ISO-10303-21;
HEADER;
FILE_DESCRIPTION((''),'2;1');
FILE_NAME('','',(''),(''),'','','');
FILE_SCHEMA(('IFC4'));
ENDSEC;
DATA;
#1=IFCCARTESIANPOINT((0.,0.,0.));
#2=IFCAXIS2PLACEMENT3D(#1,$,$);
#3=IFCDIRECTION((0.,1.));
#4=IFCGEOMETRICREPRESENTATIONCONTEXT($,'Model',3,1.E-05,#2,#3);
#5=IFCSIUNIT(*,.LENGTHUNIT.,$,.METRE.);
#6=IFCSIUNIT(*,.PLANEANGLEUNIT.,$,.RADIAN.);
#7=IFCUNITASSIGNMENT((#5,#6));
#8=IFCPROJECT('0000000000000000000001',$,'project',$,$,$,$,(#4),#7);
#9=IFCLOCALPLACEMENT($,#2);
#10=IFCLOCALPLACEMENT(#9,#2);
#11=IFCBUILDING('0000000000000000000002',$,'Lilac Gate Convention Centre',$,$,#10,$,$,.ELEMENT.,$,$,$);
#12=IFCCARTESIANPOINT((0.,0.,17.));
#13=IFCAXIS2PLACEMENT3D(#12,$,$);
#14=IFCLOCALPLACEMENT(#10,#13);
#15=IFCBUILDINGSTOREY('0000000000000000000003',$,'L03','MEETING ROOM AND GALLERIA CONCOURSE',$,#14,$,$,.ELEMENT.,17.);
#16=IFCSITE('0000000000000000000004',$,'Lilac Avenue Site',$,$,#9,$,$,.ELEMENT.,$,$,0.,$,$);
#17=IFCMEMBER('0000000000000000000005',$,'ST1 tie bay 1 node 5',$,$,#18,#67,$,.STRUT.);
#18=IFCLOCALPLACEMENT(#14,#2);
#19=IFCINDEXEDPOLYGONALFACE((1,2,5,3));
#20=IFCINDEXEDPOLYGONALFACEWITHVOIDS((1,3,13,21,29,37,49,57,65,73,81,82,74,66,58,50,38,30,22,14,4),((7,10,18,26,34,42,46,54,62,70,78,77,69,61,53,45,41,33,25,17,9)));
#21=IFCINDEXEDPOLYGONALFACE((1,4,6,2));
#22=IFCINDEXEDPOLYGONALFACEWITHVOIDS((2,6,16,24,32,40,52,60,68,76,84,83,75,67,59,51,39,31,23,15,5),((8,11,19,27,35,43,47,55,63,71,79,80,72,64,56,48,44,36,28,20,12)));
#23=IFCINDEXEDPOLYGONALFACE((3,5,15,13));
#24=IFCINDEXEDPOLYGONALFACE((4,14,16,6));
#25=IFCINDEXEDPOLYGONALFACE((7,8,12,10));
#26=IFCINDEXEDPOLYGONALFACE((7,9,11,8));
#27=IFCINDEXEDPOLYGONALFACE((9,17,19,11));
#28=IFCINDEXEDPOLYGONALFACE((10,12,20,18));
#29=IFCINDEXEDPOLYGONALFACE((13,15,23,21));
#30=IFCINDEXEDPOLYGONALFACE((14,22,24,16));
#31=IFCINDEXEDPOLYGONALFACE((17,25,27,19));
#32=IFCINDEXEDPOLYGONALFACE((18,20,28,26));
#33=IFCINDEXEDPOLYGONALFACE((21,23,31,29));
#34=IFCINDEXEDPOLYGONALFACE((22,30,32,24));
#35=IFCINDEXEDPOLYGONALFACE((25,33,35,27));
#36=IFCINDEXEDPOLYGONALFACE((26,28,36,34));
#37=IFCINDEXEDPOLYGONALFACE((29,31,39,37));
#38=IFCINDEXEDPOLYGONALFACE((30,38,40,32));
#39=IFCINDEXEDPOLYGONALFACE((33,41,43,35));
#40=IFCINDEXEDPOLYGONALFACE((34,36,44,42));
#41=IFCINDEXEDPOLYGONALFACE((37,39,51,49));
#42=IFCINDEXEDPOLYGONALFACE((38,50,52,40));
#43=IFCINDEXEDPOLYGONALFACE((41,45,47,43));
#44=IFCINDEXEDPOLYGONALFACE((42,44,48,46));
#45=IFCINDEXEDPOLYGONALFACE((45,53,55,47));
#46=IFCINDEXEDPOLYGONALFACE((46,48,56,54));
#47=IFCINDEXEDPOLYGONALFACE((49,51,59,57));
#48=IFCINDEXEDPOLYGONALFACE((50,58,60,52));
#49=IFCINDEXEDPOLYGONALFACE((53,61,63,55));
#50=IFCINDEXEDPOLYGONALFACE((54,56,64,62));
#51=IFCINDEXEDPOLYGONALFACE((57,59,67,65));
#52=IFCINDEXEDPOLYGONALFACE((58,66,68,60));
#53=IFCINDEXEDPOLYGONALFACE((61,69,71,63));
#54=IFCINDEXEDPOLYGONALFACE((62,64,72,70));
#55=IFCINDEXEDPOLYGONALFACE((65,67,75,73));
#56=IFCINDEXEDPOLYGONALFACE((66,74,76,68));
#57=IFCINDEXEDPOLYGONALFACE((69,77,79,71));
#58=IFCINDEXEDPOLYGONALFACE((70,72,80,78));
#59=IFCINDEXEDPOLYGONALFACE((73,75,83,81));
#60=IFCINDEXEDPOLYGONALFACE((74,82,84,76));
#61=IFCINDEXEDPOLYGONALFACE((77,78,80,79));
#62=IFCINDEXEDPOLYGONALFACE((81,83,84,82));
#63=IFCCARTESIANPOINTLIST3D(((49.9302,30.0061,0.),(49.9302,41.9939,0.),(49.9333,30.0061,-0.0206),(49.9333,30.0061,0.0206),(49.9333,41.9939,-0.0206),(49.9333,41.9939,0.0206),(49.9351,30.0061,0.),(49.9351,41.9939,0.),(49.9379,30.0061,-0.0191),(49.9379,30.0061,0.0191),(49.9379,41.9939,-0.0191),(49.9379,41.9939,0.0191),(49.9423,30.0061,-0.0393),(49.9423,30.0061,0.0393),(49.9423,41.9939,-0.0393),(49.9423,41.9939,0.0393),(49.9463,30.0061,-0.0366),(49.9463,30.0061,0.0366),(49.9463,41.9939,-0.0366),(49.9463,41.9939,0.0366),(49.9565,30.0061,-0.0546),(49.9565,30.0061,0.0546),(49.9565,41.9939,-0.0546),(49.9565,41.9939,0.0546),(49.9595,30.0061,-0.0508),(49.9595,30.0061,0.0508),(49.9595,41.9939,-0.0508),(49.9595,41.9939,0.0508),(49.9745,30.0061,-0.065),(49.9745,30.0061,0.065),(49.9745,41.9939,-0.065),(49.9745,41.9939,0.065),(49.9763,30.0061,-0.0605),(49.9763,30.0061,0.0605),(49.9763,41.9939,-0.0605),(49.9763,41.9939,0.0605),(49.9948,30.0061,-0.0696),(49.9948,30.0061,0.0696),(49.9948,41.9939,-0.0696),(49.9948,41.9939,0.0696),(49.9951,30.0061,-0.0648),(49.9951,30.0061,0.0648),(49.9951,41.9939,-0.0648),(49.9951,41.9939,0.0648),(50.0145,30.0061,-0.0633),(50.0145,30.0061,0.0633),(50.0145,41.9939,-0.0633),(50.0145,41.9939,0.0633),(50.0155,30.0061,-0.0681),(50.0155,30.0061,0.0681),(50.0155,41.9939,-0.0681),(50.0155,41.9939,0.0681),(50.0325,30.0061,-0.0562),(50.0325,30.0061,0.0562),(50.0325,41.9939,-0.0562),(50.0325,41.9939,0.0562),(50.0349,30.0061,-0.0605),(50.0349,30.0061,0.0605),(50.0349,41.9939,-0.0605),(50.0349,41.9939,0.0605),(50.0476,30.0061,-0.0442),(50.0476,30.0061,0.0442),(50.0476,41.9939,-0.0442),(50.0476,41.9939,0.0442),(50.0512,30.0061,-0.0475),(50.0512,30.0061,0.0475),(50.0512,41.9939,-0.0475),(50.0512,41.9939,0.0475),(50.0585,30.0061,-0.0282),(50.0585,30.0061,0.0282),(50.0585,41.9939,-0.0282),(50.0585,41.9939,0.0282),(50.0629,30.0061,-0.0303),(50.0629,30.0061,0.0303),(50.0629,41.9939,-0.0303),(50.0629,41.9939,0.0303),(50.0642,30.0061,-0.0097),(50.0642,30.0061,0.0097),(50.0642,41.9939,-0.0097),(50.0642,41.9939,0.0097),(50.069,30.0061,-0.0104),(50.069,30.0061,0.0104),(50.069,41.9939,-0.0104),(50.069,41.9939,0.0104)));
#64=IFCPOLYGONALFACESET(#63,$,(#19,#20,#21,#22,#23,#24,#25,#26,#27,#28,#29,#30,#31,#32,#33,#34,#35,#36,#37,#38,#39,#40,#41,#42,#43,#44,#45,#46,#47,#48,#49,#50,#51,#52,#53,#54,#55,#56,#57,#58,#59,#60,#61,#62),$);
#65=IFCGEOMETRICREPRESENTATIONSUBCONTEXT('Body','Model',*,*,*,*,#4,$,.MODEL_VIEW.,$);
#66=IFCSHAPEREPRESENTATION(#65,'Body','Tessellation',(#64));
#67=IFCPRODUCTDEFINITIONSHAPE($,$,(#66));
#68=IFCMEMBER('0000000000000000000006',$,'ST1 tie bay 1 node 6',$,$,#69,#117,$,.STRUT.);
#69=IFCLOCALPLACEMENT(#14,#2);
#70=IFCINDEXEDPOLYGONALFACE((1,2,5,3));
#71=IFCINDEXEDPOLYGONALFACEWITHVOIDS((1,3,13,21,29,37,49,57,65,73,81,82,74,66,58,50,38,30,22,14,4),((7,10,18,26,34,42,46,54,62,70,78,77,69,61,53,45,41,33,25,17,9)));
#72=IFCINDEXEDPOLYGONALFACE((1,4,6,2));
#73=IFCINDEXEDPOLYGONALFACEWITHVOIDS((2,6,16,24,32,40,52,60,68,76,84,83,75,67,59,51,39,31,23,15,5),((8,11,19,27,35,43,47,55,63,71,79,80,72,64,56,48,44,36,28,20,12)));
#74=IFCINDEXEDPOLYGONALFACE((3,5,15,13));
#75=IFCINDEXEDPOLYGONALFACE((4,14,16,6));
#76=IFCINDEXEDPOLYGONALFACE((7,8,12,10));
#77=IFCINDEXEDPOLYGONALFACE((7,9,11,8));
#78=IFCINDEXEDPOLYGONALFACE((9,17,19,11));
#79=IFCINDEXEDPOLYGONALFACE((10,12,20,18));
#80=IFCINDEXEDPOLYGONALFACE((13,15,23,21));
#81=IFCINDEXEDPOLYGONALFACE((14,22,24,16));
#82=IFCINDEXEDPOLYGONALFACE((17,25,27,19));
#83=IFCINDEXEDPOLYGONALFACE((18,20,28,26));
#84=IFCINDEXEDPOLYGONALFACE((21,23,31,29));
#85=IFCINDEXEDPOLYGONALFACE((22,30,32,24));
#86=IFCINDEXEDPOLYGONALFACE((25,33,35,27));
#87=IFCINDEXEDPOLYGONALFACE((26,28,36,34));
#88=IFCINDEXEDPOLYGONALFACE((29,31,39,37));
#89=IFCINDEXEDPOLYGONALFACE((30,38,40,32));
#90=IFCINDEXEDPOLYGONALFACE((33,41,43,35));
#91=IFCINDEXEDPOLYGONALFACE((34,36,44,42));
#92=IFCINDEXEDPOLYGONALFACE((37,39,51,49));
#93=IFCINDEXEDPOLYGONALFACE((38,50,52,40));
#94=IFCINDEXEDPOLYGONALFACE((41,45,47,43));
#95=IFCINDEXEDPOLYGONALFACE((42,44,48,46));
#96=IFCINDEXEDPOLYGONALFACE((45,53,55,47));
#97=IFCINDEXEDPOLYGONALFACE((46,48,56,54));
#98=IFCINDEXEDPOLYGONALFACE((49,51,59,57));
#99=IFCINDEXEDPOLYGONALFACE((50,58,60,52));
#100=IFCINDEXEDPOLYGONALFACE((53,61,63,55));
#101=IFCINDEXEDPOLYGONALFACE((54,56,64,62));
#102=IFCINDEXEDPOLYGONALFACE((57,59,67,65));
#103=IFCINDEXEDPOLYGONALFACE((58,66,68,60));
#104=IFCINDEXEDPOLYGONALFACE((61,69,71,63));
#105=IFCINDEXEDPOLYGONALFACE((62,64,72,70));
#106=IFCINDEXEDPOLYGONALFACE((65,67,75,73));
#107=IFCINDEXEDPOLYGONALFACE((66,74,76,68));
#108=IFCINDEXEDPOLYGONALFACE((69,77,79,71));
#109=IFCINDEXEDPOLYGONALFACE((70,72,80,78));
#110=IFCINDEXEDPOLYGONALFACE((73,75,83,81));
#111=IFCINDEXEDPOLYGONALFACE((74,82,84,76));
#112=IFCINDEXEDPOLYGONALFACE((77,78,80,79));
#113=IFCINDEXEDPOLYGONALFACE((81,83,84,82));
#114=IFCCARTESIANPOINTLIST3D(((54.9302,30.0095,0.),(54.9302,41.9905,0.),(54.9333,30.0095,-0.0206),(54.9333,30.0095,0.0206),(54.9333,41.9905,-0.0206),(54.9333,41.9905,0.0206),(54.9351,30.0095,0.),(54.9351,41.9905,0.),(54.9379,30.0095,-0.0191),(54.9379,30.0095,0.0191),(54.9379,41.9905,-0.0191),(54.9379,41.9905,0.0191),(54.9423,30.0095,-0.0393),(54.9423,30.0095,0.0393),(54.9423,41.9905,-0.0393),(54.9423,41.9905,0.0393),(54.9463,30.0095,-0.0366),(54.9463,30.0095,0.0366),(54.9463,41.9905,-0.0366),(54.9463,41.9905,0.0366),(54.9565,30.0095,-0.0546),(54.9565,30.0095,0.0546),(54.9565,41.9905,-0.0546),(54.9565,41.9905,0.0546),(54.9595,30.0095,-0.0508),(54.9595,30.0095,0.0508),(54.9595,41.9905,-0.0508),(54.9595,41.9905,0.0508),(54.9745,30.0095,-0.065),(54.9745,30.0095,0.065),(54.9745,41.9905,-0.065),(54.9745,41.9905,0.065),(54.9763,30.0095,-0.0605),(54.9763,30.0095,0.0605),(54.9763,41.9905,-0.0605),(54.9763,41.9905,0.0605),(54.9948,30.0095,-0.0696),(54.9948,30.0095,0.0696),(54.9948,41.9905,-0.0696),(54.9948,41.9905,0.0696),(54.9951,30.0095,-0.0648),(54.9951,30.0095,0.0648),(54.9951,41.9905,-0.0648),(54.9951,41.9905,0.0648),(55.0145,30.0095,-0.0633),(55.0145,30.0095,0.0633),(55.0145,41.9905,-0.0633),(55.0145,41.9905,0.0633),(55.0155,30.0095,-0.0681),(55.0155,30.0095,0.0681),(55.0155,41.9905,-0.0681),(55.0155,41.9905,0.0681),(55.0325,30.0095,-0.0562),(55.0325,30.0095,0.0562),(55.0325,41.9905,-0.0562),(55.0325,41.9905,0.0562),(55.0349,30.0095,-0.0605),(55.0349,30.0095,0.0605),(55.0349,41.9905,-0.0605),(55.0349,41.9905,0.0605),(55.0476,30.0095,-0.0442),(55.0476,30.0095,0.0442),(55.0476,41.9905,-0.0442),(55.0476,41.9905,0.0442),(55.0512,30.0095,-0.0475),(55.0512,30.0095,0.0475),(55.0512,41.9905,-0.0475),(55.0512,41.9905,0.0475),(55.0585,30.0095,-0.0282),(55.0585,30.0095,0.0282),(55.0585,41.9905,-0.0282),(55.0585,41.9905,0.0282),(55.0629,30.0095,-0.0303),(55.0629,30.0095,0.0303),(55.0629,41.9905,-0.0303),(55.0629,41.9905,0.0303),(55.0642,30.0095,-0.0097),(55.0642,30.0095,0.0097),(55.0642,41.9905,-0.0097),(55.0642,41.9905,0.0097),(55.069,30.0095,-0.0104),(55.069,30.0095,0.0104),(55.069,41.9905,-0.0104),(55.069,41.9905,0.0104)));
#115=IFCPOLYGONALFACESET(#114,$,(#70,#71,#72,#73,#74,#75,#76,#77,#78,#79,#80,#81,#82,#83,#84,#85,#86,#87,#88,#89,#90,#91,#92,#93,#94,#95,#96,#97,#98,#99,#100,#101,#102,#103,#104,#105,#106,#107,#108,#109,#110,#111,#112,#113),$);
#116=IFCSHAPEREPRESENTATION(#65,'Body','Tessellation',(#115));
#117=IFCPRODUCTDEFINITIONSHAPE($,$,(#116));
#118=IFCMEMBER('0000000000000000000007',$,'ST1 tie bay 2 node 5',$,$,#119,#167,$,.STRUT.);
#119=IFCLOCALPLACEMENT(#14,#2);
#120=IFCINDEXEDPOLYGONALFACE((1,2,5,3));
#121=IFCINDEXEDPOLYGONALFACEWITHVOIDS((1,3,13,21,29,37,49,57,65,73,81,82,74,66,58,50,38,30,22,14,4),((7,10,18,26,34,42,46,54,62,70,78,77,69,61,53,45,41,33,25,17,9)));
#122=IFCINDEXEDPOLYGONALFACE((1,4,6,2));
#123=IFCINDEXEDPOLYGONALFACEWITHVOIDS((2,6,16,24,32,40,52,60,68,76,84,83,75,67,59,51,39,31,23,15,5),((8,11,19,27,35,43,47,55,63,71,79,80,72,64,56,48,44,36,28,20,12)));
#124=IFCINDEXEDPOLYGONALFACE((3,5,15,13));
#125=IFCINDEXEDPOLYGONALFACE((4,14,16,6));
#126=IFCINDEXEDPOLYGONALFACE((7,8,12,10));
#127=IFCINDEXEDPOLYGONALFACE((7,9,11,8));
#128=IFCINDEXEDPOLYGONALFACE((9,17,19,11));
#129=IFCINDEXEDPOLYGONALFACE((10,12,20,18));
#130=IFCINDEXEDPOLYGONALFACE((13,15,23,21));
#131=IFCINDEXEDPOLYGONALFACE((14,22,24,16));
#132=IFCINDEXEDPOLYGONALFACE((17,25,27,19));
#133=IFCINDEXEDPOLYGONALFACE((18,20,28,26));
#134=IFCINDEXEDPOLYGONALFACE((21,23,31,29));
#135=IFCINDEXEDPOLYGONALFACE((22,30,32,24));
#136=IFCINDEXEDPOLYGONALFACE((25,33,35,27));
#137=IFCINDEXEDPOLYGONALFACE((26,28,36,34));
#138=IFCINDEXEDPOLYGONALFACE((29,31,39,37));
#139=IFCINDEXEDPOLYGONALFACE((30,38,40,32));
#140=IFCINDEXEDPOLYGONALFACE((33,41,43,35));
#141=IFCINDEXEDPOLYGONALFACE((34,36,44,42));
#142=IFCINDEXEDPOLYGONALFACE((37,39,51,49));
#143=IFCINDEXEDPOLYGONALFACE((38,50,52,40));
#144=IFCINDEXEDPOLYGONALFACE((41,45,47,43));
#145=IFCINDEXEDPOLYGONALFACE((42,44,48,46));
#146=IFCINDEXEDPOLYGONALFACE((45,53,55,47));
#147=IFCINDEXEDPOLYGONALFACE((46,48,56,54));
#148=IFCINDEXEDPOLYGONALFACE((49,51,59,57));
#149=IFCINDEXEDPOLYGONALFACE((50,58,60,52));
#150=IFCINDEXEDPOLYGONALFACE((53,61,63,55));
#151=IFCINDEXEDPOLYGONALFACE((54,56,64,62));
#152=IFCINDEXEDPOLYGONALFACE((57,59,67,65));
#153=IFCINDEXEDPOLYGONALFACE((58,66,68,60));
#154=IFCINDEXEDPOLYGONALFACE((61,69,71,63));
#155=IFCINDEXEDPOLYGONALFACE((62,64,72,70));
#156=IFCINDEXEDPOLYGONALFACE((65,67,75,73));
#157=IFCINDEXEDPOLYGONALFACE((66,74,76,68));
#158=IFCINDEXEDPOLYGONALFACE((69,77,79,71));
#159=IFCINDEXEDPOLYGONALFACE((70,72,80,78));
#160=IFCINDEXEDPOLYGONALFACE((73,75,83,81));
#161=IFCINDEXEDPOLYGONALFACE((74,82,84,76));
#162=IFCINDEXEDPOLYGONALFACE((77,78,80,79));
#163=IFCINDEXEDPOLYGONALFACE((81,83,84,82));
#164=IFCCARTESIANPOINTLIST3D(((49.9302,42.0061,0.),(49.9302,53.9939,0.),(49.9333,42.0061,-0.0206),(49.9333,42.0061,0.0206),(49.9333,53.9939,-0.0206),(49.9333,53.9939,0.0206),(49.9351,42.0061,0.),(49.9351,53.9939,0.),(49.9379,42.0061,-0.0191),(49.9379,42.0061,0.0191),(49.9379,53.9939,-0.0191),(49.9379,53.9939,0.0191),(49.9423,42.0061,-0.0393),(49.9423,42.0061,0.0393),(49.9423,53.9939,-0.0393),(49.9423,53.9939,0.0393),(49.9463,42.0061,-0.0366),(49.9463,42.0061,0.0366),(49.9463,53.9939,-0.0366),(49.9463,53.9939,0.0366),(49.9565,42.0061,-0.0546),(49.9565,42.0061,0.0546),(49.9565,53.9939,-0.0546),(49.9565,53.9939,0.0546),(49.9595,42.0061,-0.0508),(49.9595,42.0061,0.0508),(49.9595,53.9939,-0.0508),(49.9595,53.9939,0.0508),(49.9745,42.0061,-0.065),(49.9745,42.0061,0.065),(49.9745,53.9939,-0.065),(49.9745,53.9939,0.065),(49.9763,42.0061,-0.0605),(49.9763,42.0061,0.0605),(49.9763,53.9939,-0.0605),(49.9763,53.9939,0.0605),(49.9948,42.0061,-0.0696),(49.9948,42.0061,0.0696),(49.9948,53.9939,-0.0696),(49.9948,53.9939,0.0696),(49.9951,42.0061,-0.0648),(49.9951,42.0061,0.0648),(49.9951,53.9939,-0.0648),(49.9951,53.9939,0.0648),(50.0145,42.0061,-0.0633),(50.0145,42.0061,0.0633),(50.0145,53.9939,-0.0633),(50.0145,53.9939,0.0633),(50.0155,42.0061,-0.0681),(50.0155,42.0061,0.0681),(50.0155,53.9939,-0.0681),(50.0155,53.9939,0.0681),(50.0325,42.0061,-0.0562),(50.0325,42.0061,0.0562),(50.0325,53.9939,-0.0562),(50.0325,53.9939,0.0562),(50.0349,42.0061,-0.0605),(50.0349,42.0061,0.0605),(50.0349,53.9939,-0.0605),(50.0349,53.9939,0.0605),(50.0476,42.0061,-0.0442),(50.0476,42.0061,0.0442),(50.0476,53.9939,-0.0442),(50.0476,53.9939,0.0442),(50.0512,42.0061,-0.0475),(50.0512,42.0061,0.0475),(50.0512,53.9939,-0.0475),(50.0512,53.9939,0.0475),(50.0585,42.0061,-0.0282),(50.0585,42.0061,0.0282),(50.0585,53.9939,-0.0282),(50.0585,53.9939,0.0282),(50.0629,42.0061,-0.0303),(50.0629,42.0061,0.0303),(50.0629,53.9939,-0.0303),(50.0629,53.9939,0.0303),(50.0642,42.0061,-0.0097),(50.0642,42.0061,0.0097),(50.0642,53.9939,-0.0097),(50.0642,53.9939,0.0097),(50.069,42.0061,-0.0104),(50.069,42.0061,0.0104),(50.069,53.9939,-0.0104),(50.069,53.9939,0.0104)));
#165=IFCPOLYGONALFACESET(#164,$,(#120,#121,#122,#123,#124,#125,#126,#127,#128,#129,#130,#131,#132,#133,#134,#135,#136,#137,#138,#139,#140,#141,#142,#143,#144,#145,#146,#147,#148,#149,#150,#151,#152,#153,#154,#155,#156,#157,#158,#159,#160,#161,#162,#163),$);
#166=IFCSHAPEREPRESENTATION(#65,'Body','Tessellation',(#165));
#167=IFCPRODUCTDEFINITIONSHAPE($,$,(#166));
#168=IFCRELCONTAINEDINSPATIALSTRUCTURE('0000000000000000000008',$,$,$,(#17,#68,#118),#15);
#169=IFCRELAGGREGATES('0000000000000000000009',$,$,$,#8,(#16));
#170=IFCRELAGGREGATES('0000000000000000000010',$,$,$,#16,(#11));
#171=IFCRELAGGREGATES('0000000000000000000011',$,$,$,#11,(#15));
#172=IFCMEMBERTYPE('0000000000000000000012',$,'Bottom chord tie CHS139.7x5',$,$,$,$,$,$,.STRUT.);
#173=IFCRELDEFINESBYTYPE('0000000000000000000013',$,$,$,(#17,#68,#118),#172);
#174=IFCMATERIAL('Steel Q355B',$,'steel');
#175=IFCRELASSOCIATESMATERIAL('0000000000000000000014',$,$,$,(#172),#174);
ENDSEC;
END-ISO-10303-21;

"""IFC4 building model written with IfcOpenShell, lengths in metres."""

from ifc_helpers import new_model, si_unit, direction, frame, origin, origin_2d, place, context, subcontext, project, spatial, hollow_circle, extrude, material, material_profile, profile_set, type_object, element, save


model = new_model("IFC4")

# Units and contexts
model_context = context("Model", 3, precision=1e-05, world=origin(), true_north=direction((0.0, 1.0)))
body_context = subcontext(model_context, "Body", "Model", "MODEL_VIEW")
ifc_project = project(units=[si_unit("LENGTHUNIT", "METRE"), si_unit("PLANEANGLEUNIT", "RADIAN")], contexts=[model_context])

# Site, building, storey
site_placement = place(None, origin())
site = spatial("IfcSite", under=ifc_project, at=site_placement, Name="Lilac Avenue Site", CompositionType="ELEMENT", RefElevation=0.0)
building_placement = place(site_placement, origin())
building = spatial("IfcBuilding", under=site, at=building_placement, Name="Lilac Gate Convention Centre", CompositionType="ELEMENT")
storey_placement = place(building_placement, frame((0.0, 0.0, 17.0)))
storey = spatial("IfcBuildingStorey", under=building, at=storey_placement, Name="L03", Description="MEETING ROOM AND GALLERIA CONCOURSE", CompositionType="ELEMENT", Elevation=17.0)

# Members
ifc_material = material(Name="Steel Q355B", Category="steel")
ifc_material_profile_1 = material_profile(ifc_material, hollow_circle(Radius=0.0698, WallThickness=0.0049, at=origin_2d()), Name="CHS139.7x5")
ifc_profile_set_1 = profile_set([ifc_material_profile_1], Name="Steel Q355B")
member_type_1 = type_object("IfcMemberType", Name="Bottom chord tie CHS139.7x5", PredefinedType="STRUT", material=ifc_profile_set_1)
member_1_placement = place(storey_placement, frame((50.0, 30.0061, 0.0), z_axis=(0.0, 1.0, 0.0), x_axis=(-1.0, 0.0, 0.0)))
element("IfcMember", 1, at=member_1_placement, inside=storey, type_object=member_type_1, Name="ST1 tie bay 1 node 5", PredefinedType="STRUT", context=body_context, shape_type="SweptSolid", body=[
    extrude(hollow_circle(Radius=0.0698, WallThickness=0.0049, at=origin_2d()), origin(), (0.0, 0.0, 1.0), 11.9878),
])
member_2_placement = place(storey_placement, frame((55.0, 30.0095, 0.0), z_axis=(0.0, 1.0, 0.0), x_axis=(-1.0, 0.0, 0.0)))
element("IfcMember", 2, at=member_2_placement, inside=storey, type_object=member_type_1, Name="ST1 tie bay 1 node 6", PredefinedType="STRUT", context=body_context, shape_type="SweptSolid", body=[
    extrude(hollow_circle(Radius=0.0698, WallThickness=0.0049, at=origin_2d()), origin(), (0.0, 0.0, 1.0), 11.981),
])
member_3_placement = place(storey_placement, frame((50.0, 42.0061, 0.0), z_axis=(0.0, 1.0, 0.0), x_axis=(-1.0, 0.0, 0.0)))
element("IfcMember", 3, at=member_3_placement, inside=storey, type_object=member_type_1, Name="ST1 tie bay 2 node 5", PredefinedType="STRUT", context=body_context, shape_type="SweptSolid", body=[
    extrude(hollow_circle(Radius=0.0698, WallThickness=0.0049, at=origin_2d()), origin(), (0.0, 0.0, 1.0), 11.9878),
])

save(model, "model.ifc")
